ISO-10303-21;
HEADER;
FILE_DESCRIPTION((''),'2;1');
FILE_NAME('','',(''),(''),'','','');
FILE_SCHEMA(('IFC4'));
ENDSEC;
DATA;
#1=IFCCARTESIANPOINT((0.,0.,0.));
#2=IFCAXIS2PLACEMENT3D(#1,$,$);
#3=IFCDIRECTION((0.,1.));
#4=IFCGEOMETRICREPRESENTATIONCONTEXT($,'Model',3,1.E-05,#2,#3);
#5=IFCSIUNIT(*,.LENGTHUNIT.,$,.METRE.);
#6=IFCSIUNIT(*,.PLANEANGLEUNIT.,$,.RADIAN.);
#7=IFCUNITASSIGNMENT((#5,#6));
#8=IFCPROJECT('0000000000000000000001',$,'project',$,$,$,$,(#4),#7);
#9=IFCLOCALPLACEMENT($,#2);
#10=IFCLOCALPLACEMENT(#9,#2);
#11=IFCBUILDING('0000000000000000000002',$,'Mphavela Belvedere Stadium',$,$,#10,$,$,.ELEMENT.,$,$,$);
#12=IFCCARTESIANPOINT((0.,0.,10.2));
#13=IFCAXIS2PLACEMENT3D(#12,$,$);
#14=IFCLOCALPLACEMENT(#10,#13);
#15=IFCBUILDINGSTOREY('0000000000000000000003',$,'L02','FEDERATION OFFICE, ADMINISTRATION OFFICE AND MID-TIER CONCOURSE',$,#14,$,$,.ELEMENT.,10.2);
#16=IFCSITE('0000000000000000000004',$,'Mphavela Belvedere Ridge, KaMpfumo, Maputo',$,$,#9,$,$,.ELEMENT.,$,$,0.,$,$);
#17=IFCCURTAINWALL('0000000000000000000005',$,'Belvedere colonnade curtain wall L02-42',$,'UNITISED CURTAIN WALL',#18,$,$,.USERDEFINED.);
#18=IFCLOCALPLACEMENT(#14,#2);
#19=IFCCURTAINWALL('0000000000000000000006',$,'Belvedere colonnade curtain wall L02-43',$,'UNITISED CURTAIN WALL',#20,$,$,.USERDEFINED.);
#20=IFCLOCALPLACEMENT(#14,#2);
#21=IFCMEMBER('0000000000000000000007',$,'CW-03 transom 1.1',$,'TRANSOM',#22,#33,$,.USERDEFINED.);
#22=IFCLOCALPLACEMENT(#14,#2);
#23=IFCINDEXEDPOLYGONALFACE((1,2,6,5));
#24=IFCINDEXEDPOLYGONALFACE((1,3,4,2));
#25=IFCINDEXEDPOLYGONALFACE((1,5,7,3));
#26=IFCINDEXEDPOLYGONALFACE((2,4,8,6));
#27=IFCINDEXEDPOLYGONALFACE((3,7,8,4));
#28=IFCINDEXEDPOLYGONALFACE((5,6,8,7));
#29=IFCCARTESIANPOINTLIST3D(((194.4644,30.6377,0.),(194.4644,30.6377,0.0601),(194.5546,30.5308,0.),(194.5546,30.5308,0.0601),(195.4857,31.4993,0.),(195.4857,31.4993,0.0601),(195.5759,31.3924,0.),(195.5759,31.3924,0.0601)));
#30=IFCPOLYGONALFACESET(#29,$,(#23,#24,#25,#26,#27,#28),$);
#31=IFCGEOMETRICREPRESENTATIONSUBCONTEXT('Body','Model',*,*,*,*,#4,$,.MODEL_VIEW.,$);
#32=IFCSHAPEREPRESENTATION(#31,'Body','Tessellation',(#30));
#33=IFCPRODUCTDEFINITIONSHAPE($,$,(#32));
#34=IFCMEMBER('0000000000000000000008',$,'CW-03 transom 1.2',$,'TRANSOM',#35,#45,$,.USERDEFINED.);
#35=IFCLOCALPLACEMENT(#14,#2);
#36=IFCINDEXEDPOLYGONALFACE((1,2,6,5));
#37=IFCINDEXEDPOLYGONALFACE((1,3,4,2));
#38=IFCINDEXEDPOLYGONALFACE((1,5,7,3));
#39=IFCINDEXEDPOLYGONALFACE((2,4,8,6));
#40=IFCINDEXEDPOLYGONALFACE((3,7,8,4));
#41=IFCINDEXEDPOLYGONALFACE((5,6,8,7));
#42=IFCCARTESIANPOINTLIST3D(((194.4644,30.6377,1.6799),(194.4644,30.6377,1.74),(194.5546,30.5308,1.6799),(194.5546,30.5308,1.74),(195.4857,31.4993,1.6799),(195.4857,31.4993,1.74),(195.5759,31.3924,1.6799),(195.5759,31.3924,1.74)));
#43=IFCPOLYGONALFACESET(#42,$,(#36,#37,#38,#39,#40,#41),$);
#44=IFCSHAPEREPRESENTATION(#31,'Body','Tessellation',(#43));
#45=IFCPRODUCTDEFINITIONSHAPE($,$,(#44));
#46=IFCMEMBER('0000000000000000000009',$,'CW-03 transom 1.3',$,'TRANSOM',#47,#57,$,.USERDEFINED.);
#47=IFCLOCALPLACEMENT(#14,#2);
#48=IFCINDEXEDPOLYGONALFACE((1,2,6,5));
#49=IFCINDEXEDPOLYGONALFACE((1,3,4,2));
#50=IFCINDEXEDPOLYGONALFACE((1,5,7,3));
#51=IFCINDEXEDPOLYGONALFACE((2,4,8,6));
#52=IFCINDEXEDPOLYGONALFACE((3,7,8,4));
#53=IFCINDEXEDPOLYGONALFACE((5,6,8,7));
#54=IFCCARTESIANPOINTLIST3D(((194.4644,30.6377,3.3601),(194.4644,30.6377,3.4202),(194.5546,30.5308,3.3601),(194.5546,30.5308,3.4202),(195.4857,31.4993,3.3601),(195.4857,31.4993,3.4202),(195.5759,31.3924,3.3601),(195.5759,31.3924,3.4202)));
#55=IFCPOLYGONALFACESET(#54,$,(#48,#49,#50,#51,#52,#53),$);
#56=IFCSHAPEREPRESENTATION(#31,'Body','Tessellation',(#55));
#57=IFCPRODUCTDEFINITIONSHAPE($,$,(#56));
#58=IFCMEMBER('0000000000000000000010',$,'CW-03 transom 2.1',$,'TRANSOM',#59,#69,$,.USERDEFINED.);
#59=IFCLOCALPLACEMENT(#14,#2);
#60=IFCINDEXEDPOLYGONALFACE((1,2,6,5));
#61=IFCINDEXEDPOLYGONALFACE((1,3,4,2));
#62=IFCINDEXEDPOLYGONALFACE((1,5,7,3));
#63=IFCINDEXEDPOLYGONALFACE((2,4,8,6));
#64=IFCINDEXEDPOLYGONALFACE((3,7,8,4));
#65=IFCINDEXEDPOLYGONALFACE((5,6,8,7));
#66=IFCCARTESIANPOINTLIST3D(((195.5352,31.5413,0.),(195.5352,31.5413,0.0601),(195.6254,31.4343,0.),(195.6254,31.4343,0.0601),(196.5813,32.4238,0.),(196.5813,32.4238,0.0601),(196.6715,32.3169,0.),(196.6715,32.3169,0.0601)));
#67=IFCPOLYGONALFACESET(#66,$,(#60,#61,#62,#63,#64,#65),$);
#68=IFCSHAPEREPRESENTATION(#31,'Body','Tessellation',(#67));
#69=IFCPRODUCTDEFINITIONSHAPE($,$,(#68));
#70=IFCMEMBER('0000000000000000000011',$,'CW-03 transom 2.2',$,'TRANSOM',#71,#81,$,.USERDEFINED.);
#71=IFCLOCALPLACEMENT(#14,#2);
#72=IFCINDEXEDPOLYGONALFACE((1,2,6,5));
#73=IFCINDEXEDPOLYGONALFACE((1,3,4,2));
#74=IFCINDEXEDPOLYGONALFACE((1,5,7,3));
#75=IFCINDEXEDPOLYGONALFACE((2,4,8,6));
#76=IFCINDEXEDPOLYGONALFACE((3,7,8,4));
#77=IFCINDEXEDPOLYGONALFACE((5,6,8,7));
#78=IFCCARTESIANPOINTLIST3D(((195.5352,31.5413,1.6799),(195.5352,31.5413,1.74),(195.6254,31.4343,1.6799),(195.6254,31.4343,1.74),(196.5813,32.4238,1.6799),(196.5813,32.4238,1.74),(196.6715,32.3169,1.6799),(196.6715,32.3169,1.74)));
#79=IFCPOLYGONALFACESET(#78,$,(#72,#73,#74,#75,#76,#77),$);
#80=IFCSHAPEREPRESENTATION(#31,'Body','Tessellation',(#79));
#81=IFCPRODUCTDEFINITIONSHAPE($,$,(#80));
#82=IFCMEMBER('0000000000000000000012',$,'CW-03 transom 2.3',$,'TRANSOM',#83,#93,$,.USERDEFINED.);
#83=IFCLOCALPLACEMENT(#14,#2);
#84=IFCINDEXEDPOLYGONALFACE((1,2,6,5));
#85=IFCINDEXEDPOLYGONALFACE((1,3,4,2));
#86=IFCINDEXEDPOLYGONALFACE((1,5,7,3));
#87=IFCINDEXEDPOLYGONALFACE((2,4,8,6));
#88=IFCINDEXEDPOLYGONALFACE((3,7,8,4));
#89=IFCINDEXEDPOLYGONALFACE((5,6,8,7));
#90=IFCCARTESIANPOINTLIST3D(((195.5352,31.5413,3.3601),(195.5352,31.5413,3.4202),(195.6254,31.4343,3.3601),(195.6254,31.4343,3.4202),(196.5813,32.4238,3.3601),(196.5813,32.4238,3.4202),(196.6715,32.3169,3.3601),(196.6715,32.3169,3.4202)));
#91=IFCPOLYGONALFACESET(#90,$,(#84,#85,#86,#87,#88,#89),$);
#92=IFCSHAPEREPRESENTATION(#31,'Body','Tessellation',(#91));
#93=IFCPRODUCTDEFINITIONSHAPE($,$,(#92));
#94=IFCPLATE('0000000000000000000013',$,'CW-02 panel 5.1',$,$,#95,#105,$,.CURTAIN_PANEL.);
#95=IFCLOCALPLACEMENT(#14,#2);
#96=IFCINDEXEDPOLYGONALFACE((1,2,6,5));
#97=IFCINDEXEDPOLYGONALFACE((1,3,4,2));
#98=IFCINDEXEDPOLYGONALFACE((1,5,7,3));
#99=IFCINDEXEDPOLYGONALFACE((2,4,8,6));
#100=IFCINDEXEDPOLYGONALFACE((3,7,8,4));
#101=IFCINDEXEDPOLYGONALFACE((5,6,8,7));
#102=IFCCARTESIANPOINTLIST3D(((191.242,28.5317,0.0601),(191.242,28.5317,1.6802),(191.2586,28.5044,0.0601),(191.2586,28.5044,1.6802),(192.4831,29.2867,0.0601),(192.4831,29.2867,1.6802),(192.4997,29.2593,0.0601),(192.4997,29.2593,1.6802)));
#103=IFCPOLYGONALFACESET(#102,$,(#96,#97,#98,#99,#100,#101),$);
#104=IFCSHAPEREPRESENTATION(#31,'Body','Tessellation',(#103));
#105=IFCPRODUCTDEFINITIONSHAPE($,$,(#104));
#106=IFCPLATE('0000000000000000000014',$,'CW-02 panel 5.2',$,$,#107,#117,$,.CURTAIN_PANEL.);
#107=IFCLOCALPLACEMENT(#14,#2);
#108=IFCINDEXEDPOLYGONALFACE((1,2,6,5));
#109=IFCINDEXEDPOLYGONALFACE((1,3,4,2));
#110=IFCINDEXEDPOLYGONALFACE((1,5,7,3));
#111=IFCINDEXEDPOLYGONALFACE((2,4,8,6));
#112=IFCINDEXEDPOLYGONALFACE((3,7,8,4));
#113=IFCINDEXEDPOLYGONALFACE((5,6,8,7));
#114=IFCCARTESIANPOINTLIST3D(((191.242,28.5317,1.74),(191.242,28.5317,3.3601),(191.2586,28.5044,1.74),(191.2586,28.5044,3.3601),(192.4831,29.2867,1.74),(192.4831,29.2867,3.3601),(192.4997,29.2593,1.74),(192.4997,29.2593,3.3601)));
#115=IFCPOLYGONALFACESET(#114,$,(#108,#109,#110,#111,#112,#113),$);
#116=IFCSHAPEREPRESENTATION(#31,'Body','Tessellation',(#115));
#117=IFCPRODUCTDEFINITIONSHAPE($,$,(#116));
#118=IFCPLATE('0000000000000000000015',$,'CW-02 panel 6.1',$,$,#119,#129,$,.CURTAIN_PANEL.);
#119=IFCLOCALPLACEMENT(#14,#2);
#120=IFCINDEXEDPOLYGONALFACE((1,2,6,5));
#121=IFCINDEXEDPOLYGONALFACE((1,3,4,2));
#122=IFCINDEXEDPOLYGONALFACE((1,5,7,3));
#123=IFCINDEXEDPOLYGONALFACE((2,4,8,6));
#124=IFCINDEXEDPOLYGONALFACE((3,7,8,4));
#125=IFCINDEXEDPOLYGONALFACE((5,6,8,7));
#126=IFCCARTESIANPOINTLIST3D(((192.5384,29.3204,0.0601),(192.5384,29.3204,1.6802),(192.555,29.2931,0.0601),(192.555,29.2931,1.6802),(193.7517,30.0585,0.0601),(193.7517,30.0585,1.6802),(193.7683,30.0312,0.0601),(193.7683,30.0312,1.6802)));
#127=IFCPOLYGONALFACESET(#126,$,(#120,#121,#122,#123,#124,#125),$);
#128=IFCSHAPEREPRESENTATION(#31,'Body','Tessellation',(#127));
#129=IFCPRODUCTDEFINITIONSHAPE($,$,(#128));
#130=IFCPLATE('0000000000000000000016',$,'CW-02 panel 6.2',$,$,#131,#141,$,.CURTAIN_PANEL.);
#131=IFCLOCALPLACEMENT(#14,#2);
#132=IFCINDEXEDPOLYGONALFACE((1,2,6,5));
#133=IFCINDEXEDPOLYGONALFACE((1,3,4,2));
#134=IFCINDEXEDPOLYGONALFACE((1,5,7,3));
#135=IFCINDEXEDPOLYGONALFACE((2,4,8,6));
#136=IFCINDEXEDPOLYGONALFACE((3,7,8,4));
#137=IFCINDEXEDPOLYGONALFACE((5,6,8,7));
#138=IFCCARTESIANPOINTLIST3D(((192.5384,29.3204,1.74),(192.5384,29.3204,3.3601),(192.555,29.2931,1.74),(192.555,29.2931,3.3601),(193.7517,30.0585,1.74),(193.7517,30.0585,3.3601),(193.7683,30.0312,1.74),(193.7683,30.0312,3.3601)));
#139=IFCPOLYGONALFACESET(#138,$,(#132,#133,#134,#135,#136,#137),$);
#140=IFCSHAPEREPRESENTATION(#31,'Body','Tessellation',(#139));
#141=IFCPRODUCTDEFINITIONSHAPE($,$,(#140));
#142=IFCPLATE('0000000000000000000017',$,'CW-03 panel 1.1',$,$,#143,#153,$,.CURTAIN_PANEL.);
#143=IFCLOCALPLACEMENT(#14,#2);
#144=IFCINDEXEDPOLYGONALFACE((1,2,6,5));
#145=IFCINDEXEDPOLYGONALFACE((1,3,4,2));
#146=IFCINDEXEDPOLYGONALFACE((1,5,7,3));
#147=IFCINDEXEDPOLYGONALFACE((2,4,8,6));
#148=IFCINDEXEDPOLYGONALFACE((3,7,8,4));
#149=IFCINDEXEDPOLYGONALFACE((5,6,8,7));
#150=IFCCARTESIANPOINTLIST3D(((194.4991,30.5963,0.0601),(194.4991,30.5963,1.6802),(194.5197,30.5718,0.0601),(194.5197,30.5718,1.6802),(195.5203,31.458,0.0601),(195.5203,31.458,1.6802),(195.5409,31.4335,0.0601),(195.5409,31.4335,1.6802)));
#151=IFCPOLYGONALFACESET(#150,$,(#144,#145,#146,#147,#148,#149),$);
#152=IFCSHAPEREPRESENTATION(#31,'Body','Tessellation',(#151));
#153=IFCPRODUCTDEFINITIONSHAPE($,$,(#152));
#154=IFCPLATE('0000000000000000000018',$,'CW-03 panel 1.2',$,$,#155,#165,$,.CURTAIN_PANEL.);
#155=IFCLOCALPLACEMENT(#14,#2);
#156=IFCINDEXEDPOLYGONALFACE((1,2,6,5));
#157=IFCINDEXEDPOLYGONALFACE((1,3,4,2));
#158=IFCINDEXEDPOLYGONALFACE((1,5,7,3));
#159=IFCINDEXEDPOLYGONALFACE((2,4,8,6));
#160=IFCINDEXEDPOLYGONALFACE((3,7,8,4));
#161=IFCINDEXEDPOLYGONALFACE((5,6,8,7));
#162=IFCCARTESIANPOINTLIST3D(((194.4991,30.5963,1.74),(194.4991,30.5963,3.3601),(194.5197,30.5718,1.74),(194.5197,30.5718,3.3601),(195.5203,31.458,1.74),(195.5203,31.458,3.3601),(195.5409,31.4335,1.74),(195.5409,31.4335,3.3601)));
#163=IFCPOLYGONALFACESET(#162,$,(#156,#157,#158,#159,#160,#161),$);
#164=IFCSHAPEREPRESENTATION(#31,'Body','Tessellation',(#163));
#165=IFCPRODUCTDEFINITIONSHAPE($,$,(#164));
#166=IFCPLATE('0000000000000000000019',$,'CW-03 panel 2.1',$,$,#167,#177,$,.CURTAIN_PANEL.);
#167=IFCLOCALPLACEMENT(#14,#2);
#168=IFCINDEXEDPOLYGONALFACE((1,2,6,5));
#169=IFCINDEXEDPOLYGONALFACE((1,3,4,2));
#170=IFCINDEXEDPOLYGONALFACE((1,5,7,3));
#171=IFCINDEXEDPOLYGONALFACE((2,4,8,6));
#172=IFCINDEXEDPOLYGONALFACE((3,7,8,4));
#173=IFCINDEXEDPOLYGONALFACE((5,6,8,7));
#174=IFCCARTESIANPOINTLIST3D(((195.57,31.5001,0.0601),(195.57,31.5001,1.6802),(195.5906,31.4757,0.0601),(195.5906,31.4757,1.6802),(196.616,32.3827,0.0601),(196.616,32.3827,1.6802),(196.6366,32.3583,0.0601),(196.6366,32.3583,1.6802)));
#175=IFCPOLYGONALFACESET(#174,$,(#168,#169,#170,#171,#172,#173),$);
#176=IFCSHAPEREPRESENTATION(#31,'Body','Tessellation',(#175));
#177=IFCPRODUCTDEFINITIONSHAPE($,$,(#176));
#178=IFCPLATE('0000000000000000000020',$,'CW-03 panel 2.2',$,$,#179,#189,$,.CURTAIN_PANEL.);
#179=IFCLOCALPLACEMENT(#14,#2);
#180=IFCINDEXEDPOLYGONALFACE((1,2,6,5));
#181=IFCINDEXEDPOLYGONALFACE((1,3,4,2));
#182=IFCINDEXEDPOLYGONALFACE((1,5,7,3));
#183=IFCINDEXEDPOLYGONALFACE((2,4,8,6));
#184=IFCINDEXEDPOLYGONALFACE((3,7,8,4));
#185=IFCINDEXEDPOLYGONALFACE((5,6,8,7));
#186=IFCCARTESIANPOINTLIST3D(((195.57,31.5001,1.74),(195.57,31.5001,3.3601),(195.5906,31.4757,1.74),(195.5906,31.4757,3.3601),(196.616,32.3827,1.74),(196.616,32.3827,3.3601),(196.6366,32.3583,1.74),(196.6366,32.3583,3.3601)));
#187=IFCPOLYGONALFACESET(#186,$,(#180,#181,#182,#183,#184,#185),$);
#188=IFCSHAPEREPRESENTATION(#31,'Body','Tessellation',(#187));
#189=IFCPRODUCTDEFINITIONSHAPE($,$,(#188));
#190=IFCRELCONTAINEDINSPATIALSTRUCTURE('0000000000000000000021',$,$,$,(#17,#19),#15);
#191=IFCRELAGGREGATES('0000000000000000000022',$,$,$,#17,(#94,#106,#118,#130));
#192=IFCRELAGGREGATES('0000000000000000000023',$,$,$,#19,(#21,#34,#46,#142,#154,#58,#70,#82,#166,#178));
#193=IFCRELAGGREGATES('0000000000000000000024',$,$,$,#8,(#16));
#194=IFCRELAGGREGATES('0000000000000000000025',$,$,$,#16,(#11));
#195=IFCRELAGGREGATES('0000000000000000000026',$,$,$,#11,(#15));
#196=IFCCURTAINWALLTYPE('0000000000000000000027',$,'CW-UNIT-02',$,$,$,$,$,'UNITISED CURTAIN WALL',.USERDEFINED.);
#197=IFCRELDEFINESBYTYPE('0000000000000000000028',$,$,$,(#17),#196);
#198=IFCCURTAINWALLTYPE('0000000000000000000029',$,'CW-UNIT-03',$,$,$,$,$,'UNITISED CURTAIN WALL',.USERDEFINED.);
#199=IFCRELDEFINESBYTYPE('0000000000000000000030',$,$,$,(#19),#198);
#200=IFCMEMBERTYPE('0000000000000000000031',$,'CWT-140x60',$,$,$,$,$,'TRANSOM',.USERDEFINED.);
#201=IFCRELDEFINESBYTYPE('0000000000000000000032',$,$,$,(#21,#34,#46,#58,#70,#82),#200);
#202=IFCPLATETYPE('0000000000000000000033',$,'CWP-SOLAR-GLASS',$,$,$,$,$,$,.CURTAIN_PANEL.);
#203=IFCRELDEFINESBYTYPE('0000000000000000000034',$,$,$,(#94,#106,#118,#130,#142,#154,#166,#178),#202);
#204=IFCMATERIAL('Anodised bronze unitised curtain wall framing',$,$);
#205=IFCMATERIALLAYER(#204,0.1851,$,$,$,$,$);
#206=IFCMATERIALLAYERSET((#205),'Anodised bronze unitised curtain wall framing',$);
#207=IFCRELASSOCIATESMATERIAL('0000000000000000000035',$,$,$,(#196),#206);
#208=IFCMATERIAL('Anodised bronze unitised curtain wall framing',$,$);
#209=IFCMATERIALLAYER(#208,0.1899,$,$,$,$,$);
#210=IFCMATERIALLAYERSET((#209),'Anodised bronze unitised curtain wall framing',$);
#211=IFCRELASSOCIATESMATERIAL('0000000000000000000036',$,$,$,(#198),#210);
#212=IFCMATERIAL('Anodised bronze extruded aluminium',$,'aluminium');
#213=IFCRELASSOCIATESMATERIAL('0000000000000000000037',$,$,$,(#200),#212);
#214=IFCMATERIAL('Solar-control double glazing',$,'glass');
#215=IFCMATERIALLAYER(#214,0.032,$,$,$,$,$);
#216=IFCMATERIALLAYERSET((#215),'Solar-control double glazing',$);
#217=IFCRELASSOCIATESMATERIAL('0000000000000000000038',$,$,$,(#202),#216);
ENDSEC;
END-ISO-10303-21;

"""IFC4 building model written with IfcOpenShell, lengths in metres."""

from ifc_helpers import new_model, si_unit, direction, frame, origin, origin_2d, place, context, subcontext, project, spatial, rectangle, extrude, material, layer, layer_set, material_profile, profile_set, type_object, element, aggregate, save


model = new_model("IFC4")

# Units and contexts
model_context = context("Model", 3, precision=1e-05, world=origin(), true_north=direction((0.0, 1.0)))
body_context = subcontext(model_context, "Body", "Model", "MODEL_VIEW")
ifc_project = project(units=[si_unit("LENGTHUNIT", "METRE"), si_unit("PLANEANGLEUNIT", "RADIAN")], contexts=[model_context])

# Site, building, storey
site_placement = place(None, origin())
site = spatial("IfcSite", under=ifc_project, at=site_placement, Name="Mphavela Belvedere Ridge, KaMpfumo, Maputo", CompositionType="ELEMENT", RefElevation=0.0)
building_placement = place(site_placement, origin())
building = spatial("IfcBuilding", under=site, at=building_placement, Name="Mphavela Belvedere Stadium", CompositionType="ELEMENT")
storey_placement = place(building_placement, frame((0.0, 0.0, 10.2)))
storey = spatial("IfcBuildingStorey", under=building, at=storey_placement, Name="L02", Description="FEDERATION OFFICE, ADMINISTRATION OFFICE AND MID-TIER CONCOURSE", CompositionType="ELEMENT", Elevation=10.2)

# Curtain walls
ifc_material_1 = material(Name="Anodised bronze unitised curtain wall framing")
ifc_layer_1 = layer(ifc_material_1, 0.1851)
ifc_layer_set_1 = layer_set([ifc_layer_1], Name="Anodised bronze unitised curtain wall framing")
curtain_wall_type_1 = type_object("IfcCurtainWallType", Name="CW-UNIT-02", ElementType="UNITISED CURTAIN WALL", PredefinedType="USERDEFINED", material=ifc_layer_set_1)
curtain_wall_1_placement = place(storey_placement, origin())
curtain_wall_1 = element("IfcCurtainWall", 1, at=curtain_wall_1_placement, inside=storey, type_object=curtain_wall_type_1, Name="Belvedere colonnade curtain wall L02-42", ObjectType="UNITISED CURTAIN WALL", PredefinedType="USERDEFINED")
ifc_material_2 = material(Name="Anodised bronze unitised curtain wall framing")
ifc_layer_2 = layer(ifc_material_2, 0.1899)
ifc_layer_set_2 = layer_set([ifc_layer_2], Name="Anodised bronze unitised curtain wall framing")
curtain_wall_type_2 = type_object("IfcCurtainWallType", Name="CW-UNIT-03", ElementType="UNITISED CURTAIN WALL", PredefinedType="USERDEFINED", material=ifc_layer_set_2)
curtain_wall_2_placement = place(storey_placement, origin())
curtain_wall_2 = element("IfcCurtainWall", 2, at=curtain_wall_2_placement, inside=storey, type_object=curtain_wall_type_2, Name="Belvedere colonnade curtain wall L02-43", ObjectType="UNITISED CURTAIN WALL", PredefinedType="USERDEFINED")

# Members
ifc_material_3 = material(Name="Anodised bronze extruded aluminium", Category="aluminium")
ifc_material_profile_1 = material_profile(ifc_material_3, rectangle(XDim=0.1399, YDim=0.0601, at=origin_2d()), Name="CW-TRN 140x60")
ifc_profile_set_1 = profile_set([ifc_material_profile_1], Name="Anodised bronze extruded aluminium")
member_type_1 = type_object("IfcMemberType", Name="CWT-140x60", ElementType="TRANSOM", PredefinedType="USERDEFINED", material=ifc_profile_set_1)
member_1_placement = place(storey_placement, frame((194.5095, 30.5842, 0.03), z_axis=(0.764328, 0.644828, 0.0), x_axis=(-0.644828, 0.764328, 0.0)))
member_1 = element("IfcMember", 3, at=member_1_placement, type_object=member_type_1, Name="CW-03 transom 1.1", ObjectType="TRANSOM", PredefinedType="USERDEFINED", context=body_context, shape_type="SweptSolid", body=[
    extrude(rectangle(XDim=0.1399, YDim=0.0601, at=origin_2d()), origin(), (0.0, 0.0, 1.0), 1.3362),
])
member_2_placement = place(storey_placement, frame((194.5095, 30.5842, 1.71), z_axis=(0.764328, 0.644828, 0.0), x_axis=(-0.644828, 0.764328, 0.0)))
member_2 = element("IfcMember", 4, at=member_2_placement, type_object=member_type_1, Name="CW-03 transom 1.2", ObjectType="TRANSOM", PredefinedType="USERDEFINED", context=body_context, shape_type="SweptSolid", body=[
    extrude(rectangle(XDim=0.1399, YDim=0.0601, at=origin_2d()), origin(), (0.0, 0.0, 1.0), 1.3362),
])
member_3_placement = place(storey_placement, frame((194.5095, 30.5842, 3.3901), z_axis=(0.764328, 0.644828, 0.0), x_axis=(-0.644828, 0.764328, 0.0)))
member_3 = element("IfcMember", 5, at=member_3_placement, type_object=member_type_1, Name="CW-03 transom 1.3", ObjectType="TRANSOM", PredefinedType="USERDEFINED", context=body_context, shape_type="SweptSolid", body=[
    extrude(rectangle(XDim=0.1399, YDim=0.0601, at=origin_2d()), origin(), (0.0, 0.0, 1.0), 1.3362),
])
member_4_placement = place(storey_placement, frame((195.5803, 31.4878, 0.03), z_axis=(0.764333, 0.644822, 0.0), x_axis=(-0.644822, 0.764333, 0.0)))
member_4 = element("IfcMember", 6, at=member_4_placement, type_object=member_type_1, Name="CW-03 transom 2.1", ObjectType="TRANSOM", PredefinedType="USERDEFINED", context=body_context, shape_type="SweptSolid", body=[
    extrude(rectangle(XDim=0.1399, YDim=0.0601, at=origin_2d()), origin(), (0.0, 0.0, 1.0), 1.3687),
])
member_5_placement = place(storey_placement, frame((195.5803, 31.4878, 1.71), z_axis=(0.764333, 0.644822, 0.0), x_axis=(-0.644822, 0.764333, 0.0)))
member_5 = element("IfcMember", 7, at=member_5_placement, type_object=member_type_1, Name="CW-03 transom 2.2", ObjectType="TRANSOM", PredefinedType="USERDEFINED", context=body_context, shape_type="SweptSolid", body=[
    extrude(rectangle(XDim=0.1399, YDim=0.0601, at=origin_2d()), origin(), (0.0, 0.0, 1.0), 1.3687),
])
member_6_placement = place(storey_placement, frame((195.5803, 31.4878, 3.3901), z_axis=(0.764333, 0.644822, 0.0), x_axis=(-0.644822, 0.764333, 0.0)))
member_6 = element("IfcMember", 8, at=member_6_placement, type_object=member_type_1, Name="CW-03 transom 2.3", ObjectType="TRANSOM", PredefinedType="USERDEFINED", context=body_context, shape_type="SweptSolid", body=[
    extrude(rectangle(XDim=0.1399, YDim=0.0601, at=origin_2d()), origin(), (0.0, 0.0, 1.0), 1.3687),
])

# Plates
ifc_material_4 = material(Name="Solar-control double glazing", Category="glass")
ifc_layer_3 = layer(ifc_material_4, 0.032)
ifc_layer_set_3 = layer_set([ifc_layer_3], Name="Solar-control double glazing")
plate_type = type_object("IfcPlateType", Name="CWP-SOLAR-GLASS", PredefinedType="CURTAIN_PANEL", material=ifc_layer_set_3)
plate_1_placement = place(storey_placement, frame((191.8708, 28.8955, 0.0601), z_axis=(0.0, 0.0, 1.0), x_axis=(0.85433, 0.519732, 0.0)))
plate_1 = element("IfcPlate", 9, at=plate_1_placement, type_object=plate_type, Name="CW-02 panel 5.1", PredefinedType="CURTAIN_PANEL", context=body_context, shape_type="SweptSolid", body=[
    extrude(rectangle(XDim=1.4526, YDim=0.032, at=origin_2d()), origin(), (0.0, 0.0, 1.0), 1.6201),
])
plate_2_placement = place(storey_placement, frame((191.8708, 28.8955, 1.74), z_axis=(0.0, 0.0, 1.0), x_axis=(0.85433, 0.519732, 0.0)))
plate_2 = element("IfcPlate", 10, at=plate_2_placement, type_object=plate_type, Name="CW-02 panel 5.2", PredefinedType="CURTAIN_PANEL", context=body_context, shape_type="SweptSolid", body=[
    extrude(rectangle(XDim=1.4526, YDim=0.032, at=origin_2d()), origin(), (0.0, 0.0, 1.0), 1.6201),
])
plate_3_placement = place(storey_placement, frame((193.1533, 29.6758, 0.0601), z_axis=(0.0, 0.0, 1.0), x_axis=(0.85433, 0.519732, 0.0)))
plate_3 = element("IfcPlate", 11, at=plate_3_placement, type_object=plate_type, Name="CW-02 panel 6.1", PredefinedType="CURTAIN_PANEL", context=body_context, shape_type="SweptSolid", body=[
    extrude(rectangle(XDim=1.4202, YDim=0.032, at=origin_2d()), origin(), (0.0, 0.0, 1.0), 1.6201),
])
plate_4_placement = place(storey_placement, frame((193.1533, 29.6758, 1.74), z_axis=(0.0, 0.0, 1.0), x_axis=(0.85433, 0.519732, 0.0)))
plate_4 = element("IfcPlate", 12, at=plate_4_placement, type_object=plate_type, Name="CW-02 panel 6.2", PredefinedType="CURTAIN_PANEL", context=body_context, shape_type="SweptSolid", body=[
    extrude(rectangle(XDim=1.4202, YDim=0.032, at=origin_2d()), origin(), (0.0, 0.0, 1.0), 1.6201),
])
aggregate(curtain_wall_1, [plate_1, plate_2, plate_3, plate_4])
plate_5_placement = place(storey_placement, frame((195.02, 31.0149, 0.0601), z_axis=(0.0, 0.0, 1.0), x_axis=(0.764261, 0.644907, 0.0)))
plate_5 = element("IfcPlate", 13, at=plate_5_placement, type_object=plate_type, Name="CW-03 panel 1.1", PredefinedType="CURTAIN_PANEL", context=body_context, shape_type="SweptSolid", body=[
    extrude(rectangle(XDim=1.3362, YDim=0.032, at=origin_2d()), origin(), (0.0, 0.0, 1.0), 1.6201),
])
plate_6_placement = place(storey_placement, frame((195.02, 31.0149, 1.74), z_axis=(0.0, 0.0, 1.0), x_axis=(0.764261, 0.644907, 0.0)))
plate_6 = element("IfcPlate", 14, at=plate_6_placement, type_object=plate_type, Name="CW-03 panel 1.2", PredefinedType="CURTAIN_PANEL", context=body_context, shape_type="SweptSolid", body=[
    extrude(rectangle(XDim=1.3362, YDim=0.032, at=origin_2d()), origin(), (0.0, 0.0, 1.0), 1.6201),
])
plate_7_placement = place(storey_placement, frame((196.1033, 31.9292, 0.0601), z_axis=(0.0, 0.0, 1.0), x_axis=(0.764261, 0.644907, 0.0)))
plate_7 = element("IfcPlate", 15, at=plate_7_placement, type_object=plate_type, Name="CW-03 panel 2.1", PredefinedType="CURTAIN_PANEL", context=body_context, shape_type="SweptSolid", body=[
    extrude(rectangle(XDim=1.3687, YDim=0.032, at=origin_2d()), origin(), (0.0, 0.0, 1.0), 1.6201),
])
plate_8_placement = place(storey_placement, frame((196.1033, 31.9292, 1.74), z_axis=(0.0, 0.0, 1.0), x_axis=(0.764261, 0.644907, 0.0)))
plate_8 = element("IfcPlate", 16, at=plate_8_placement, type_object=plate_type, Name="CW-03 panel 2.2", PredefinedType="CURTAIN_PANEL", context=body_context, shape_type="SweptSolid", body=[
    extrude(rectangle(XDim=1.3687, YDim=0.032, at=origin_2d()), origin(), (0.0, 0.0, 1.0), 1.6201),
])
aggregate(curtain_wall_2, [member_1, member_2, member_3, plate_5, plate_6, member_4, member_5, member_6, plate_7, plate_8])

save(model, "model.ifc")
